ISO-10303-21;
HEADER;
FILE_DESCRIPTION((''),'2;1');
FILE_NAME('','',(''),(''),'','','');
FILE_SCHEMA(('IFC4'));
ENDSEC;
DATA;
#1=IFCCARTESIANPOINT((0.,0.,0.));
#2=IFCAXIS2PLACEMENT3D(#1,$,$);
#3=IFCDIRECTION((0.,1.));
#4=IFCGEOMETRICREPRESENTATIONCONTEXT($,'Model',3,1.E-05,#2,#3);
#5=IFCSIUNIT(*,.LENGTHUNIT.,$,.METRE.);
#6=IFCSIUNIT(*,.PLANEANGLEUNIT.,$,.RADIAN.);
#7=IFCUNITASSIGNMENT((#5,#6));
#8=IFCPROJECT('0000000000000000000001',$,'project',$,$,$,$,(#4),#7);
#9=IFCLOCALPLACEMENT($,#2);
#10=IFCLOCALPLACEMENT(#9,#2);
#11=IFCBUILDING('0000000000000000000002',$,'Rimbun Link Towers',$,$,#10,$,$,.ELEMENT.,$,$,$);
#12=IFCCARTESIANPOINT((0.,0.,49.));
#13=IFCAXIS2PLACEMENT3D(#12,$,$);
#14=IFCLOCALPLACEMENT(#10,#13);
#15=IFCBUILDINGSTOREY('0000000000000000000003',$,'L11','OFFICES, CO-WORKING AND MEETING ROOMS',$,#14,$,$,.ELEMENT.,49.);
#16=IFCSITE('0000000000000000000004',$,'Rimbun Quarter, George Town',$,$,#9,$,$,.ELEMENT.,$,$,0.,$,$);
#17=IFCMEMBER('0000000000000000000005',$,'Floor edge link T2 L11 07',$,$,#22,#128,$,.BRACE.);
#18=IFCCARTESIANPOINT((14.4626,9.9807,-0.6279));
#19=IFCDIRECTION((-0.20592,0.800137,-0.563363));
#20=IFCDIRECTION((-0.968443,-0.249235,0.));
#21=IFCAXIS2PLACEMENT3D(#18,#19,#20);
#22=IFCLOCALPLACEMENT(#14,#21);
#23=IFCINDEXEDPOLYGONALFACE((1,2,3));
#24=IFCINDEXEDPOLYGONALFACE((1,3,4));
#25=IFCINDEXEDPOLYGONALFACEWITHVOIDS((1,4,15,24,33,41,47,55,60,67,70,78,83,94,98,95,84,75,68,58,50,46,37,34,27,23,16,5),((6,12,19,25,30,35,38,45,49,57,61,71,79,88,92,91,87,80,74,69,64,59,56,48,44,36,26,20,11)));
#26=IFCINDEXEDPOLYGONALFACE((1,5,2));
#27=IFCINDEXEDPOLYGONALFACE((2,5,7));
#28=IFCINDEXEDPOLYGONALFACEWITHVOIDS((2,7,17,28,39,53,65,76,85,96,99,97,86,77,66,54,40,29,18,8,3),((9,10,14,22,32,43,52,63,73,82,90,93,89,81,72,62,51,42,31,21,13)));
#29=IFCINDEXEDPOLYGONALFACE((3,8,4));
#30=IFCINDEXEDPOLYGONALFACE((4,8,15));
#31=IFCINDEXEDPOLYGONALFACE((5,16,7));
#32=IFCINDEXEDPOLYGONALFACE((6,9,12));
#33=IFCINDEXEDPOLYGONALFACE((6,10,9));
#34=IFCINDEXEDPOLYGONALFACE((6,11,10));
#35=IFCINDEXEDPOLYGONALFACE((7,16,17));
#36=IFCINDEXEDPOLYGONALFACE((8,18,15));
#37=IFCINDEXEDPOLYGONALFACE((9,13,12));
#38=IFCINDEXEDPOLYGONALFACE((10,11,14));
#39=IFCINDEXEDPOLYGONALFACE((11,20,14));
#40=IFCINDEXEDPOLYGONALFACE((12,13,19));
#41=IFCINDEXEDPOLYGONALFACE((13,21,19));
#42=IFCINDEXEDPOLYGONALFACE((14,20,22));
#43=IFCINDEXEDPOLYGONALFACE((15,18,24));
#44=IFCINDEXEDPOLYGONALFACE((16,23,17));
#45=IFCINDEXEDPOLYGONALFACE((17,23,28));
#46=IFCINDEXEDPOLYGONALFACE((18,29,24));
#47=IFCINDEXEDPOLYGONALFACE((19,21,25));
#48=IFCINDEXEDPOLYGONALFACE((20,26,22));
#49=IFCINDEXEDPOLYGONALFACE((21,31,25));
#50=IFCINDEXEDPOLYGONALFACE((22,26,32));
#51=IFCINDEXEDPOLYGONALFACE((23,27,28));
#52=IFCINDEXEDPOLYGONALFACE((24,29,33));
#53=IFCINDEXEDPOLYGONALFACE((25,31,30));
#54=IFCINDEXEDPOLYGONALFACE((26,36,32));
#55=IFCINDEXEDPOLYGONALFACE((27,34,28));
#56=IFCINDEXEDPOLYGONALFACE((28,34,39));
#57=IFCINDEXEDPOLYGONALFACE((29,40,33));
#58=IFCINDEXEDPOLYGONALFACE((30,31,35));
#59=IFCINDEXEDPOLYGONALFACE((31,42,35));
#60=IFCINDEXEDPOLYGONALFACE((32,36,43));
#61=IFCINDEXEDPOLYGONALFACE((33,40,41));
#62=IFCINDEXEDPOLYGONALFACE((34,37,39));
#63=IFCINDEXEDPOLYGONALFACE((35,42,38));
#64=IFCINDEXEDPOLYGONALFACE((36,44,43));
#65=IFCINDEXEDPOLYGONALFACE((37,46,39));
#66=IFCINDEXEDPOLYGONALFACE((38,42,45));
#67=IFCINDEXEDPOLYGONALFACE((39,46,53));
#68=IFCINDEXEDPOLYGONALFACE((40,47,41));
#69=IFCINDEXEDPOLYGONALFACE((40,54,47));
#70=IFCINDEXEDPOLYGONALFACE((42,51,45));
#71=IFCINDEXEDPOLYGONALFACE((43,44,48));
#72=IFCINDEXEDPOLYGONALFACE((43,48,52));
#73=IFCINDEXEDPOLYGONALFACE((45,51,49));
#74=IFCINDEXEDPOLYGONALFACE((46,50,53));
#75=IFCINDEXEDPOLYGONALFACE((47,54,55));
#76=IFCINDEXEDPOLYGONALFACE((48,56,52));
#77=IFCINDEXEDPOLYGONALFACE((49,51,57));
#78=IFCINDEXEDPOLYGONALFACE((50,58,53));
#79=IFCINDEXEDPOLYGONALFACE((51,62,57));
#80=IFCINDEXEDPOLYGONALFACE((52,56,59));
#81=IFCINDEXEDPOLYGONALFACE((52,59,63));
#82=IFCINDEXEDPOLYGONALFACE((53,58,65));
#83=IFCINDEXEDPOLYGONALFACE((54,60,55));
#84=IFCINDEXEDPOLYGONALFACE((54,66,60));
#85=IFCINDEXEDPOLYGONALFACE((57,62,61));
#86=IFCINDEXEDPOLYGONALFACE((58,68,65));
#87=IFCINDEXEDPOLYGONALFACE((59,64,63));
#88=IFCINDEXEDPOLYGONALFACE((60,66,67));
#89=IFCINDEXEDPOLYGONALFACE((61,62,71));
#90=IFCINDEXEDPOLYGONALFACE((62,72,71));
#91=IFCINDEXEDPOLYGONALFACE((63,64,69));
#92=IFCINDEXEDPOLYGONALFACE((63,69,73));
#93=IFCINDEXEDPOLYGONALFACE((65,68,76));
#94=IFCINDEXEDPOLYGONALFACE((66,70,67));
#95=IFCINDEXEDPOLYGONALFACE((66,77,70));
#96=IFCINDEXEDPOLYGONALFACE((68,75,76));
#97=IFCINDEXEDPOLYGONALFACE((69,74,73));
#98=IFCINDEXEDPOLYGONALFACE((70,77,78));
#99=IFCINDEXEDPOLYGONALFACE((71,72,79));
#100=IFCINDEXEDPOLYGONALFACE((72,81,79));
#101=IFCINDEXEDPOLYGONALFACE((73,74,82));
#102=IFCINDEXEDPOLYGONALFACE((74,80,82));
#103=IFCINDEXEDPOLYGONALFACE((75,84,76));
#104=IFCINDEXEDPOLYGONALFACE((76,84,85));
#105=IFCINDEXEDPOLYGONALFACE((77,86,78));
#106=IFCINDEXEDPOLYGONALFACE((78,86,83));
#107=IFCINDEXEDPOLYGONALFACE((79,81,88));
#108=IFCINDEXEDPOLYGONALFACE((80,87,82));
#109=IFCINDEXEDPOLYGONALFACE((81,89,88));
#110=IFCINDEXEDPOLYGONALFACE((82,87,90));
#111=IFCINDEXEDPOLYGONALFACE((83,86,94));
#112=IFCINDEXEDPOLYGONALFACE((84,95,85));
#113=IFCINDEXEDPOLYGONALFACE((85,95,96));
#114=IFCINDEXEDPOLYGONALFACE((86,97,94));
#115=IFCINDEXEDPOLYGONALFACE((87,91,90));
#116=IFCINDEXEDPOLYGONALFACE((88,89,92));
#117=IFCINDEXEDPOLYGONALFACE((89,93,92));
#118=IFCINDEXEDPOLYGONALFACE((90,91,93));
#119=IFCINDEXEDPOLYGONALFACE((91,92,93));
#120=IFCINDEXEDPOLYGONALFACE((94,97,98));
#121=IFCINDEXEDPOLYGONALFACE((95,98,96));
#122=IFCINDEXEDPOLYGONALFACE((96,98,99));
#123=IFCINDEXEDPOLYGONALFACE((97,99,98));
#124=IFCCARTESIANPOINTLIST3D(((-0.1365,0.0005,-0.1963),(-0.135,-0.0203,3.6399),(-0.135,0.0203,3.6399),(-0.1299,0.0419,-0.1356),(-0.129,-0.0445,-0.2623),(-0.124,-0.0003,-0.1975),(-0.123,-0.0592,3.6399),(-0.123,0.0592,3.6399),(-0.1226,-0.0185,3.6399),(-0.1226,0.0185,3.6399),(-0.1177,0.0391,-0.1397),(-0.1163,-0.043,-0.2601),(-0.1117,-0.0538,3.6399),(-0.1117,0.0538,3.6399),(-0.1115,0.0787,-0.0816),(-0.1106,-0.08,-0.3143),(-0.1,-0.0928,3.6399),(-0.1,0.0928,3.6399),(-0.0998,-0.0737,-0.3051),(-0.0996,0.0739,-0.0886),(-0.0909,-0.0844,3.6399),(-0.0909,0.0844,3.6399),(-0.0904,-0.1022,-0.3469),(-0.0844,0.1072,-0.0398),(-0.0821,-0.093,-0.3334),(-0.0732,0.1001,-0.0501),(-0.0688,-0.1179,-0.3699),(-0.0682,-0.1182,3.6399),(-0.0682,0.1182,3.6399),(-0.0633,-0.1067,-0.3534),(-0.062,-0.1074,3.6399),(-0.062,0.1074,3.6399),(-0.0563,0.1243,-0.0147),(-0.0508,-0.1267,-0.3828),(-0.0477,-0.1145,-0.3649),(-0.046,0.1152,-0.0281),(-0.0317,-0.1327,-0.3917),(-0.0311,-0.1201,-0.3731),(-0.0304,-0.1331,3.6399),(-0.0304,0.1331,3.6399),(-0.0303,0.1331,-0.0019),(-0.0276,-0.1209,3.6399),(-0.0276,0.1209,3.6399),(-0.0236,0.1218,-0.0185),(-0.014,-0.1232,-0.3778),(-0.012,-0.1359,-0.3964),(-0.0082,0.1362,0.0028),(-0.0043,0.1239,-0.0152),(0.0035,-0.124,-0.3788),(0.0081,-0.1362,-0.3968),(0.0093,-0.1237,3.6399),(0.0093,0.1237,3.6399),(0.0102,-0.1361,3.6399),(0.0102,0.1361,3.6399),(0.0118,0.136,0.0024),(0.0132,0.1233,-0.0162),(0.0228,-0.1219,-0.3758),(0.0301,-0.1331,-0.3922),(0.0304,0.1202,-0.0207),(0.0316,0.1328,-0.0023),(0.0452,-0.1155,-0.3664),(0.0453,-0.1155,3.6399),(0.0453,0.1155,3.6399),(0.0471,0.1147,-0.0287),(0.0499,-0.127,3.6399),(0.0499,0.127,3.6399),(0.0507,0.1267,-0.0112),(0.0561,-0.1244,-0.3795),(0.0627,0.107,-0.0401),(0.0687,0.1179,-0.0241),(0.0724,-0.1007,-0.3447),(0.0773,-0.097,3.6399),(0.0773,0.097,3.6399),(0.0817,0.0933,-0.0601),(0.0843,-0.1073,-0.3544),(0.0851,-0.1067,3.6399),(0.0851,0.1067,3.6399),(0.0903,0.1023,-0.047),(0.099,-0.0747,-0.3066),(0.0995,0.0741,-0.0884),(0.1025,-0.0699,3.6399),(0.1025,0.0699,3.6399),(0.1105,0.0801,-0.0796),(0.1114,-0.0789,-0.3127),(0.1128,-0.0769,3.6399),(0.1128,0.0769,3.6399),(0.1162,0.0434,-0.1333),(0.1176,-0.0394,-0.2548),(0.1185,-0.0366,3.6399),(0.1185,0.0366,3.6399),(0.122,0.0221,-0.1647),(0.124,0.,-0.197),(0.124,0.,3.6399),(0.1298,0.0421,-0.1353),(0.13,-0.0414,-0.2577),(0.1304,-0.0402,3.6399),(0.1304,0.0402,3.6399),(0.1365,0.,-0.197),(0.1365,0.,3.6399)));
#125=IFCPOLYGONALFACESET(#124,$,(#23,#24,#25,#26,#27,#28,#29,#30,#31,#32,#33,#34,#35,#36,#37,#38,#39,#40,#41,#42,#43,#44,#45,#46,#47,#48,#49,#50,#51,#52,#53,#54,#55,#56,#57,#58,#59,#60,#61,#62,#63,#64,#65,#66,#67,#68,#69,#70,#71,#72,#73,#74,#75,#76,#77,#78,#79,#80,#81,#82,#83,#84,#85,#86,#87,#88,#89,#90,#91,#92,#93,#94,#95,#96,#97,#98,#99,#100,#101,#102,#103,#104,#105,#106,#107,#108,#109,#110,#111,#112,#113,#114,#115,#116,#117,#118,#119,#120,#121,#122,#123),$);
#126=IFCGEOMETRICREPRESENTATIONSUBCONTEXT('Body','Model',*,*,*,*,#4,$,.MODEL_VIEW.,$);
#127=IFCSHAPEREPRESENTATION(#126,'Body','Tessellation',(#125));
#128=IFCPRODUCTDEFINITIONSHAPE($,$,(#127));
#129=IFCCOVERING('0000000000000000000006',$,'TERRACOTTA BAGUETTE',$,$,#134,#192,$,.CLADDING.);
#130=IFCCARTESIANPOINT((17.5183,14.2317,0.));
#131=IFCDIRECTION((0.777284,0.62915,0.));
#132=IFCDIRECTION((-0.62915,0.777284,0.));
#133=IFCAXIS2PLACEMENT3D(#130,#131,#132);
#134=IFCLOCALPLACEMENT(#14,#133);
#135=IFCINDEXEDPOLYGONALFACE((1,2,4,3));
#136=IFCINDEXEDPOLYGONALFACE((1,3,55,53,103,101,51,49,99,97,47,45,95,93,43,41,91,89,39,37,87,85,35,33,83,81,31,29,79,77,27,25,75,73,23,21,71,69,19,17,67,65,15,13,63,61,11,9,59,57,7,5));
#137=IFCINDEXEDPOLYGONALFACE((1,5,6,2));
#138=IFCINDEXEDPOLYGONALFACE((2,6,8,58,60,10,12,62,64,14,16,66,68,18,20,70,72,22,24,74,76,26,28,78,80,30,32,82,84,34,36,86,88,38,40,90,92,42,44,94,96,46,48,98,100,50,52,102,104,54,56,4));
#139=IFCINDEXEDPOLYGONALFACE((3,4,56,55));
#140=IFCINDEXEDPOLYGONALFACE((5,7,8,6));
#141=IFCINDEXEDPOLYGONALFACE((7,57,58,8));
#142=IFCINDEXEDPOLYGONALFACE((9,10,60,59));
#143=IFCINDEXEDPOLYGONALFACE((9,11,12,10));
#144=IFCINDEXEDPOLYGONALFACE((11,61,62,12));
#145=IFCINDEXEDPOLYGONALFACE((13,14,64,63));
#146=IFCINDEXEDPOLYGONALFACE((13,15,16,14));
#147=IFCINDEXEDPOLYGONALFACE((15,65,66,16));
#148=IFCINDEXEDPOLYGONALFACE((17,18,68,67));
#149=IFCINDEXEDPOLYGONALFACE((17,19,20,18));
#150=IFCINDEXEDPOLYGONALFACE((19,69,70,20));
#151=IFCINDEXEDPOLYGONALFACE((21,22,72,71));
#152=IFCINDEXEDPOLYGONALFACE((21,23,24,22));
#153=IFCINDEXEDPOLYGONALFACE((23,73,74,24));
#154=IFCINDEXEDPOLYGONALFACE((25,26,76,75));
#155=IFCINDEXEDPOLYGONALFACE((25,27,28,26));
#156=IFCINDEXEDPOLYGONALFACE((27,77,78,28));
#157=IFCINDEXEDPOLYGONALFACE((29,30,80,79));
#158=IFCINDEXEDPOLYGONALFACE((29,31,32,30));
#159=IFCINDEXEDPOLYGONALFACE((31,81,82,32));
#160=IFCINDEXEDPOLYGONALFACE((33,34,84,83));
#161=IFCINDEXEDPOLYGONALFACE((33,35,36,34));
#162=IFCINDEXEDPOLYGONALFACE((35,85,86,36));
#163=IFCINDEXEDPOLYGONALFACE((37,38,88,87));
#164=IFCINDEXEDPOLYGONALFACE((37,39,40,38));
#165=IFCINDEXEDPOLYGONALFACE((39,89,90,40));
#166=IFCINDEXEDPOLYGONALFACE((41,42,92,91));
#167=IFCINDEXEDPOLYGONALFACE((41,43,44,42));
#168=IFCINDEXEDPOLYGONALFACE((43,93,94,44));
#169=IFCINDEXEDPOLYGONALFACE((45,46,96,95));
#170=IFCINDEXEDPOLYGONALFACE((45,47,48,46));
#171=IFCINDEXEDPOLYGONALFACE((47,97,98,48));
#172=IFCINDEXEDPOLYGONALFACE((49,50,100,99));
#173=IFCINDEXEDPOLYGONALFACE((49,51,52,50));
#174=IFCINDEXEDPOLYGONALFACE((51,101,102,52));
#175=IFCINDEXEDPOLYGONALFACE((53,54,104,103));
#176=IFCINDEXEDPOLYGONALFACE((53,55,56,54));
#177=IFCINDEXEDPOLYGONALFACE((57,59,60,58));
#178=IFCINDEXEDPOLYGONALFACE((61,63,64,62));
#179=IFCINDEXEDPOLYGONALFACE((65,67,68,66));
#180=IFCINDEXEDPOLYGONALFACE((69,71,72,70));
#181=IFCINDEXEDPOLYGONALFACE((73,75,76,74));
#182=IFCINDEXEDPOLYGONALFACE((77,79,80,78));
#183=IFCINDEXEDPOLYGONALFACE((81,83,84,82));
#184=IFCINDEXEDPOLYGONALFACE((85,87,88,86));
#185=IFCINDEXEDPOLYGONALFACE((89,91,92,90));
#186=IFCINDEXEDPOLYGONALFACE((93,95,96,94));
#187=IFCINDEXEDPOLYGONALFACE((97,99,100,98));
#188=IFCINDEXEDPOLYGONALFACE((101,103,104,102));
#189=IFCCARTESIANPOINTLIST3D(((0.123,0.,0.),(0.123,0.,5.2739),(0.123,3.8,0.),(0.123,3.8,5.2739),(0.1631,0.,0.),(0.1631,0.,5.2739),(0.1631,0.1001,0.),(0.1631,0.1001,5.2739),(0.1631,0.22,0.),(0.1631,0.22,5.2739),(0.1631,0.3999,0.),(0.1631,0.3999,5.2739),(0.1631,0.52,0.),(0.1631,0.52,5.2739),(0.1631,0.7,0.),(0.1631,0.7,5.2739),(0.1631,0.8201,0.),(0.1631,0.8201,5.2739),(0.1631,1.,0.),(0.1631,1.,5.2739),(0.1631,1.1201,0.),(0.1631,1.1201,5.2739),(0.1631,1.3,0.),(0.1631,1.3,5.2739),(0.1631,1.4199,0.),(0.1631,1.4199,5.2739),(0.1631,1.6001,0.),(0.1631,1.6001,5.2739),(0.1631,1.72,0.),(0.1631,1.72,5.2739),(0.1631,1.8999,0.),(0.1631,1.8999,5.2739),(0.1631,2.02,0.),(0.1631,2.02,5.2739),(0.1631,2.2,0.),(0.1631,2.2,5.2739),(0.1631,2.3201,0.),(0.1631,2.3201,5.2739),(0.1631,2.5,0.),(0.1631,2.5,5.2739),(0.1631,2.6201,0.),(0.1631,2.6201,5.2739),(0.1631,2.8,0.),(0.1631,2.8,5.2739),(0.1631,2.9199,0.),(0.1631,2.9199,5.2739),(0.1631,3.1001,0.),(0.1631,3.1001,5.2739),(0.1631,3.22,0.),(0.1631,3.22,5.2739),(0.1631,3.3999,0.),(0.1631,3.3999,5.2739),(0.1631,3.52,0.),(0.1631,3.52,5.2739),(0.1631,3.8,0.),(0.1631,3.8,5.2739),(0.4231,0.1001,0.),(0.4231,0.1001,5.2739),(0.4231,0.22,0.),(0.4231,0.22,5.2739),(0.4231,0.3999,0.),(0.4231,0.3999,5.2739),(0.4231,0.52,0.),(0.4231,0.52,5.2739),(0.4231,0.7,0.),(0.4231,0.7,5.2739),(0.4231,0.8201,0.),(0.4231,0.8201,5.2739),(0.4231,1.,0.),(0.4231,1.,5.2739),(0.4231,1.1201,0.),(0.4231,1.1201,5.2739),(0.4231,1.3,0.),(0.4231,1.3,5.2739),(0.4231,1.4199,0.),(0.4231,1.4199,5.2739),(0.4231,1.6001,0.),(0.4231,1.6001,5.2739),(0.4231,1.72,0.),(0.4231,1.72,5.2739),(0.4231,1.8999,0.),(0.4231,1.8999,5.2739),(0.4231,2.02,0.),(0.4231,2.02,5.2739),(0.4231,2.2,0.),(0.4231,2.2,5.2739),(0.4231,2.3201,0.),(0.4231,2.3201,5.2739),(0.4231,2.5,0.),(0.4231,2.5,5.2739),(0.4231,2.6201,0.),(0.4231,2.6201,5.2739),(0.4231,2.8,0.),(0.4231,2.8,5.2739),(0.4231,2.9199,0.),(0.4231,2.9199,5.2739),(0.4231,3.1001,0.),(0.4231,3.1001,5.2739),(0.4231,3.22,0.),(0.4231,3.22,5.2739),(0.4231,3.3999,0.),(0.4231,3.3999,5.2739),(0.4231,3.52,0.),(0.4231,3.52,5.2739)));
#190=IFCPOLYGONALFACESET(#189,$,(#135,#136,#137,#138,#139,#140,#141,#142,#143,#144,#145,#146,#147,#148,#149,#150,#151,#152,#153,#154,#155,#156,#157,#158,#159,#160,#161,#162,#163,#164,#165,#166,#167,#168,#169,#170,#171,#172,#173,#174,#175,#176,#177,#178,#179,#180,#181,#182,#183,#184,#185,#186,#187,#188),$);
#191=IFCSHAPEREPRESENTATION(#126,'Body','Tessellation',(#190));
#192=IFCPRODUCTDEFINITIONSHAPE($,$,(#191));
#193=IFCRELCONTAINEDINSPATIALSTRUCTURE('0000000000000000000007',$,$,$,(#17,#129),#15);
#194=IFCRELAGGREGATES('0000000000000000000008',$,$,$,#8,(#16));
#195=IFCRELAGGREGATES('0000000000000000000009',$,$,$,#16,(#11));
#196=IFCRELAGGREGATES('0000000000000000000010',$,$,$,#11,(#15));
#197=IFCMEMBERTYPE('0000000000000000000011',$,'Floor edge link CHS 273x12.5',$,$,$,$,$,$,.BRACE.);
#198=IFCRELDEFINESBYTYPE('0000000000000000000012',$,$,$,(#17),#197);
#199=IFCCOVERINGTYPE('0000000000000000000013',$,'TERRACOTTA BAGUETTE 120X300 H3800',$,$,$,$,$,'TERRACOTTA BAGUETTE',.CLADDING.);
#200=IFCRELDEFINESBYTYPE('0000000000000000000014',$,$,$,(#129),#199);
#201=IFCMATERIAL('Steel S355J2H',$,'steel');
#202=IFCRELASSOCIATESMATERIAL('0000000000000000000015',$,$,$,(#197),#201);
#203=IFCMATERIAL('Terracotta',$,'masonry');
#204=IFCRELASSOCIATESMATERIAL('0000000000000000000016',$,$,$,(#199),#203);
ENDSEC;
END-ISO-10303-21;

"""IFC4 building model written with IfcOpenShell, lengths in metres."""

from ifc_helpers import new_model, si_unit, direction, frame, origin, origin_2d, place, context, subcontext, project, spatial, polyline, hollow_circle, outline, extrude, clip, halfspace, material, material_profile, profile_set, type_object, element, save


model = new_model("IFC4")

# Units and contexts
model_context = context("Model", 3, precision=1e-05, world=origin(), true_north=direction((0.0, 1.0)))
body_context = subcontext(model_context, "Body", "Model", "MODEL_VIEW")
ifc_project = project(units=[si_unit("LENGTHUNIT", "METRE"), si_unit("PLANEANGLEUNIT", "RADIAN")], contexts=[model_context])

# Site, building, storey
site_placement = place(None, origin())
site = spatial("IfcSite", under=ifc_project, at=site_placement, Name="Rimbun Quarter, George Town", CompositionType="ELEMENT", RefElevation=0.0)
building_placement = place(site_placement, origin())
building = spatial("IfcBuilding", under=site, at=building_placement, Name="Rimbun Link Towers", CompositionType="ELEMENT")
storey_placement = place(building_placement, frame((0.0, 0.0, 49.0)))
storey = spatial("IfcBuildingStorey", under=building, at=storey_placement, Name="L11", Description="OFFICES, CO-WORKING AND MEETING ROOMS", CompositionType="ELEMENT", Elevation=49.0)

# Member
ifc_material_1 = material(Name="Steel S355J2H", Category="steel")
ifc_material_profile_1 = material_profile(ifc_material_1, hollow_circle(Radius=0.1365, WallThickness=0.0125, at=origin_2d()), Name="CHS 273x12.5")
ifc_profile_set_1 = profile_set([ifc_material_profile_1], Name="Steel S355J2H")
member_type_1 = type_object("IfcMemberType", Name="Floor edge link CHS 273x12.5", PredefinedType="BRACE", material=ifc_profile_set_1)
member_1_placement = place(storey_placement, frame((14.4626, 9.9807, -0.6279), z_axis=(-0.20592, 0.800137, -0.563363), x_axis=(-0.968443, -0.249235, 0.0)))
element("IfcMember", 1, at=member_1_placement, inside=storey, type_object=member_type_1, Name="Floor edge link T2 L11 07", PredefinedType="BRACE", context=body_context, shape_type="Clipping", body=[
    clip(extrude(hollow_circle(Radius=0.1365, WallThickness=0.0125, at=origin_2d()), frame((0.0, 0.0, -0.4182)), (0.0, 0.0, 1.0), 4.0581), halfspace(frame((0.0, 0.0, -0.197), z_axis=(0.0, 0.82621, -0.563363)), False)),
])

# Covering
ifc_material_2 = material(Name="Terracotta", Category="masonry")
ifc_material_profile_2 = material_profile(ifc_material_2, outline(polyline([(0.123, 0.0), (0.1631, 0.0), (0.1631, 0.1001), (0.4231, 0.1001), (0.4231, 0.22), (0.1631, 0.22), (0.1631, 0.3999), (0.4231, 0.3999), (0.4231, 0.52), (0.1631, 0.52), (0.1631, 0.7), (0.4231, 0.7), (0.4231, 0.8201), (0.1631, 0.8201), (0.1631, 1.0), (0.4231, 1.0), (0.4231, 1.1201), (0.1631, 1.1201), (0.1631, 1.3), (0.4231, 1.3), (0.4231, 1.4199), (0.1631, 1.4199), (0.1631, 1.6001), (0.4231, 1.6001), (0.4231, 1.72), (0.1631, 1.72), (0.1631, 1.8999), (0.4231, 1.8999), (0.4231, 2.02), (0.1631, 2.02), (0.1631, 2.2), (0.4231, 2.2), (0.4231, 2.3201), (0.1631, 2.3201), (0.1631, 2.5), (0.4231, 2.5), (0.4231, 2.6201), (0.1631, 2.6201), (0.1631, 2.8), (0.4231, 2.8), (0.4231, 2.9199), (0.1631, 2.9199), (0.1631, 3.1001), (0.4231, 3.1001), (0.4231, 3.22), (0.1631, 3.22), (0.1631, 3.3999), (0.4231, 3.3999), (0.4231, 3.52), (0.1631, 3.52), (0.1631, 3.8), (0.123, 3.8), (0.123, 0.0)])), Name="BAGUETTE 120X300")
ifc_profile_set_2 = profile_set([ifc_material_profile_2], Name="Terracotta")
covering_type = type_object("IfcCoveringType", Name="TERRACOTTA BAGUETTE 120X300 H3800", ElementType="TERRACOTTA BAGUETTE", PredefinedType="CLADDING", material=ifc_profile_set_2)
for number, where, z_axis, x_axis, name in (
    (2, (17.5183, 14.2317, 0.0), (0.777284, 0.62915, 0.0), (-0.62915, 0.777284, 0.0), "TERRACOTTA BAGUETTE"),
):
    element("IfcCovering", number, at=place(storey_placement, frame(where, z_axis=z_axis, x_axis=x_axis)), inside=storey, type_object=covering_type, Name=name, PredefinedType="CLADDING", context=body_context, shape_type="SweptSolid", body=[
        extrude(outline(polyline([(0.123, 0.0), (0.1631, 0.0), (0.1631, 0.1001), (0.4231, 0.1001), (0.4231, 0.22), (0.1631, 0.22), (0.1631, 0.3999), (0.4231, 0.3999), (0.4231, 0.52), (0.1631, 0.52), (0.1631, 0.7), (0.4231, 0.7), (0.4231, 0.8201), (0.1631, 0.8201), (0.1631, 1.0), (0.4231, 1.0), (0.4231, 1.1201), (0.1631, 1.1201), (0.1631, 1.3), (0.4231, 1.3), (0.4231, 1.4199), (0.1631, 1.4199), (0.1631, 1.6001), (0.4231, 1.6001), (0.4231, 1.72), (0.1631, 1.72), (0.1631, 1.8999), (0.4231, 1.8999), (0.4231, 2.02), (0.1631, 2.02), (0.1631, 2.2), (0.4231, 2.2), (0.4231, 2.3201), (0.1631, 2.3201), (0.1631, 2.5), (0.4231, 2.5), (0.4231, 2.6201), (0.1631, 2.6201), (0.1631, 2.8), (0.4231, 2.8), (0.4231, 2.9199), (0.1631, 2.9199), (0.1631, 3.1001), (0.4231, 3.1001), (0.4231, 3.22), (0.1631, 3.22), (0.1631, 3.3999), (0.4231, 3.3999), (0.4231, 3.52), (0.1631, 3.52), (0.1631, 3.8), (0.123, 3.8), (0.123, 0.0)])), origin(), (0.0, 0.0, 1.0), 5.2739),
    ])

save(model, "model.ifc")
